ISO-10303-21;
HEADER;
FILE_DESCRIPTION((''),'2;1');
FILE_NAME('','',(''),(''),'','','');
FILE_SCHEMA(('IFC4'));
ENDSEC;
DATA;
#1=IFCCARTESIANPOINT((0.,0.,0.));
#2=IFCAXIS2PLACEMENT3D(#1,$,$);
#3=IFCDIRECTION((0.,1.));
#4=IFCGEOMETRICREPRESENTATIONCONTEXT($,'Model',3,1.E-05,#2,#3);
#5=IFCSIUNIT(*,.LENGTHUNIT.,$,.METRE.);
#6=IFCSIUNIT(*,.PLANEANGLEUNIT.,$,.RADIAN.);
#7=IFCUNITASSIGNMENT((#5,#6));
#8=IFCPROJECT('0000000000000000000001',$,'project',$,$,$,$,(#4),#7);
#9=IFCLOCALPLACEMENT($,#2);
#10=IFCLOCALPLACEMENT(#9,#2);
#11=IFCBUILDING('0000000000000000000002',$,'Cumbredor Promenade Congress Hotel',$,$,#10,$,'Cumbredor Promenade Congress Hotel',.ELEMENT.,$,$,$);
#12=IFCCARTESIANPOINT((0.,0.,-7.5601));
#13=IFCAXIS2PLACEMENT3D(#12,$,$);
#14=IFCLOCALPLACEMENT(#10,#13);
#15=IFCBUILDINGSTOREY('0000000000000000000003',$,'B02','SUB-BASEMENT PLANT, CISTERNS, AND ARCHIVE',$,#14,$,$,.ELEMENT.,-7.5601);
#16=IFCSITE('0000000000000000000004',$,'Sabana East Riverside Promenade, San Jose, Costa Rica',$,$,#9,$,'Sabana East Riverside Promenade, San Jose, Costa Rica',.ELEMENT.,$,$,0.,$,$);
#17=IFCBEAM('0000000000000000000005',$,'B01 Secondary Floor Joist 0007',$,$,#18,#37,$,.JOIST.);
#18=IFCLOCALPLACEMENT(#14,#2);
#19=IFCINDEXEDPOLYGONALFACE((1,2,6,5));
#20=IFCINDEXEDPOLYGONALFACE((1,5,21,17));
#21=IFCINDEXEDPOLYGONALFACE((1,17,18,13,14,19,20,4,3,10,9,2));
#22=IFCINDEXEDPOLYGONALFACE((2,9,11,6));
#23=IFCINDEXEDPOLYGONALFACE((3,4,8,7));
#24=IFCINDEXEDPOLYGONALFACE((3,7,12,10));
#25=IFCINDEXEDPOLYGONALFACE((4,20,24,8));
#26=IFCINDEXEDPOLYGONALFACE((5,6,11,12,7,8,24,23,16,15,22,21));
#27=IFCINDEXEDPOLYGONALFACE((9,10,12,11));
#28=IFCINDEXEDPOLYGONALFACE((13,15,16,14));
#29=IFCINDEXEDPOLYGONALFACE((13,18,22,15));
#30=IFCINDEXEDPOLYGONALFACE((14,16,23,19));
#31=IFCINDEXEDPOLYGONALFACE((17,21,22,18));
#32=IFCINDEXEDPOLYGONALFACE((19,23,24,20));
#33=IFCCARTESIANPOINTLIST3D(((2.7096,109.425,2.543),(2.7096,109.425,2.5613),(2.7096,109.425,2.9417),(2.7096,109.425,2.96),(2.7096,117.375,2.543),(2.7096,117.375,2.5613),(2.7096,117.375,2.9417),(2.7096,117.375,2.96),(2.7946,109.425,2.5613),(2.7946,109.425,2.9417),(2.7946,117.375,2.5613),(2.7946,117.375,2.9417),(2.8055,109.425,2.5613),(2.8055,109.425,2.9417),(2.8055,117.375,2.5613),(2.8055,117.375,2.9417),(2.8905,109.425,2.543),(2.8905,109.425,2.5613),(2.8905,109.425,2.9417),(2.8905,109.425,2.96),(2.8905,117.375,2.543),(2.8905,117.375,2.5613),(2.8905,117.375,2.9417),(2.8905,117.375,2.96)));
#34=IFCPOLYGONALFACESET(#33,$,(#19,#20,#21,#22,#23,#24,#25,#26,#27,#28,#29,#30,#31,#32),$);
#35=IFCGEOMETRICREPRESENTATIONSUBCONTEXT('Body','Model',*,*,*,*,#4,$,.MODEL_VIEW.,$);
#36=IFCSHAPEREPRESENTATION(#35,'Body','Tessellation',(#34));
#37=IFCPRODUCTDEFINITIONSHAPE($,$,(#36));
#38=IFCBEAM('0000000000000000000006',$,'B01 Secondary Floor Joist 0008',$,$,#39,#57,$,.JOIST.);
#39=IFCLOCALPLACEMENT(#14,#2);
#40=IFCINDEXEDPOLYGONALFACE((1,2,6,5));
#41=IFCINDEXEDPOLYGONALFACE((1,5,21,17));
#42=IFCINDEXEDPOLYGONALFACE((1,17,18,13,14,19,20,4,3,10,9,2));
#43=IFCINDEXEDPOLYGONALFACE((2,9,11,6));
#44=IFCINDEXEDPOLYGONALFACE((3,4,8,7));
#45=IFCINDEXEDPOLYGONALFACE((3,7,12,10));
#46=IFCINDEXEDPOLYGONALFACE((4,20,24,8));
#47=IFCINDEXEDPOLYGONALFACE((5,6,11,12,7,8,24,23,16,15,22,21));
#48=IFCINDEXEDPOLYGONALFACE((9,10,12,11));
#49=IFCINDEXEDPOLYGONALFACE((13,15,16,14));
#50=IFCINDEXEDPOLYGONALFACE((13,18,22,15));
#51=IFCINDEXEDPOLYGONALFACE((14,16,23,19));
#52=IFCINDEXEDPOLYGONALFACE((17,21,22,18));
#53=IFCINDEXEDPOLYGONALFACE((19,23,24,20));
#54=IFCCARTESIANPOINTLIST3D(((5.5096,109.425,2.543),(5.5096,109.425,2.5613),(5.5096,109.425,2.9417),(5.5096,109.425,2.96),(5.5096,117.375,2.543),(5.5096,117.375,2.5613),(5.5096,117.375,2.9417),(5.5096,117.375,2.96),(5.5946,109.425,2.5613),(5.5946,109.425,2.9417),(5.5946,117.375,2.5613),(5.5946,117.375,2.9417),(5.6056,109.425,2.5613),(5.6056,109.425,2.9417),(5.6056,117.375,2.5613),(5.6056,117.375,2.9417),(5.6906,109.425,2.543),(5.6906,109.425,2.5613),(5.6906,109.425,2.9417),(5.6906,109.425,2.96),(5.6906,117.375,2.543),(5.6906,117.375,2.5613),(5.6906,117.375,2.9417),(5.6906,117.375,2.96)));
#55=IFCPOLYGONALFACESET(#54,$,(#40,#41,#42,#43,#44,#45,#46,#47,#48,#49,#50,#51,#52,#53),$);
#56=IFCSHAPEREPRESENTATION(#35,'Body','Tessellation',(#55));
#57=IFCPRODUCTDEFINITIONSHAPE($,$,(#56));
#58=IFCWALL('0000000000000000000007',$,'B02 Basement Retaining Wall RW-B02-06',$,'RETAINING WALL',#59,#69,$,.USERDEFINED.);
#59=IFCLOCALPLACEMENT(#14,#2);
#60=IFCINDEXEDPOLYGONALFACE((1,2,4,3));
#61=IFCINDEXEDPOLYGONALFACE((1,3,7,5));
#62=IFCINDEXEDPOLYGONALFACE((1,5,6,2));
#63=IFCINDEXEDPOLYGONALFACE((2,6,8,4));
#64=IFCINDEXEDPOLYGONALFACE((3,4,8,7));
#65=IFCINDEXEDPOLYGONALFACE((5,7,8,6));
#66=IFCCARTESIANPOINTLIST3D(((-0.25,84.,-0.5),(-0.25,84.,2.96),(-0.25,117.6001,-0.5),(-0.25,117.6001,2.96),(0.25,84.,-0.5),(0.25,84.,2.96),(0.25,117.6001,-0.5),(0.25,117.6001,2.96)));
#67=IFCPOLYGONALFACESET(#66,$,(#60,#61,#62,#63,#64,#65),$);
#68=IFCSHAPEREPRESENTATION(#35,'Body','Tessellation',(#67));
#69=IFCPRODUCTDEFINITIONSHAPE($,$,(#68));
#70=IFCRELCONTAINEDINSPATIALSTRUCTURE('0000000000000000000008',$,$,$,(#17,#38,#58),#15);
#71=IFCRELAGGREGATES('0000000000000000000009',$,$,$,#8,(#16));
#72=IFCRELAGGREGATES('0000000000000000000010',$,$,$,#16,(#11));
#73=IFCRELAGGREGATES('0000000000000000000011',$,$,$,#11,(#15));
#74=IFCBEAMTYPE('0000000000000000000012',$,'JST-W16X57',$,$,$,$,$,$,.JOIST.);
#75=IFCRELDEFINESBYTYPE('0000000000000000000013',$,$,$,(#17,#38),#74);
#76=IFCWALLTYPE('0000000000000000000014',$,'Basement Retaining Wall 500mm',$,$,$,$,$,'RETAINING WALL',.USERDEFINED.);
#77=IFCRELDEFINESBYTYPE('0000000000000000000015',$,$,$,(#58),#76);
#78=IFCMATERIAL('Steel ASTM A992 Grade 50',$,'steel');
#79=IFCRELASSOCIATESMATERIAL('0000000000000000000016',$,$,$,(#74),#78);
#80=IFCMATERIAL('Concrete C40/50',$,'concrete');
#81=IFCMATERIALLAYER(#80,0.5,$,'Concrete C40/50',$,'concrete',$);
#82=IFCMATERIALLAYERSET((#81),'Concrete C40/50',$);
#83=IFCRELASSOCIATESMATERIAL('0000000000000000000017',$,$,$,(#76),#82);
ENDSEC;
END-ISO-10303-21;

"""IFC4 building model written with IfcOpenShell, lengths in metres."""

from ifc_helpers import new_model, si_unit, direction, frame, frame_2d, origin, origin_2d, place, context, subcontext, project, spatial, rectangle, i_section, extrude, material, layer, layer_set, material_profile, profile_set, type_object, element, save


model = new_model("IFC4")

# Units and contexts
model_context = context("Model", 3, precision=1e-05, world=origin(), true_north=direction((0.0, 1.0)))
body_context = subcontext(model_context, "Body", "Model", "MODEL_VIEW")
ifc_project = project(units=[si_unit("LENGTHUNIT", "METRE"), si_unit("PLANEANGLEUNIT", "RADIAN")], contexts=[model_context])

# Site, building, storey
site_placement = place(None, origin())
site = spatial("IfcSite", under=ifc_project, at=site_placement, Name="Sabana East Riverside Promenade, San Jose, Costa Rica", LongName="Sabana East Riverside Promenade, San Jose, Costa Rica", CompositionType="ELEMENT", RefElevation=0.0)
building_placement = place(site_placement, origin())
building = spatial("IfcBuilding", under=site, at=building_placement, Name="Cumbredor Promenade Congress Hotel", LongName="Cumbredor Promenade Congress Hotel", CompositionType="ELEMENT")
storey_placement = place(building_placement, frame((0.0, 0.0, -7.5601)))
storey = spatial("IfcBuildingStorey", under=building, at=storey_placement, Name="B02", Description="SUB-BASEMENT PLANT, CISTERNS, AND ARCHIVE", CompositionType="ELEMENT", Elevation=-7.5601)

# Shared definitions
ifc_material_1 = material(Name="Concrete C40/50", Category="concrete")

# Beams
ifc_material_2 = material(Name="Steel ASTM A992 Grade 50", Category="steel")
ifc_material_profile_1 = material_profile(ifc_material_2, i_section(OverallWidth=0.1809, OverallDepth=0.417, WebThickness=0.011, FlangeThickness=0.0183, at=origin_2d()), Name="W16X57")
ifc_profile_set_1 = profile_set([ifc_material_profile_1], Name="Steel ASTM A992 Grade 50")
beam_type_1 = type_object("IfcBeamType", Name="JST-W16X57", PredefinedType="JOIST", material=ifc_profile_set_1)
for number, where, z_axis, x_axis, name in (
    (1, (2.8, 109.425, 2.7515), (0.0, 1.0, 0.0), (-1.0, 0.0, 0.0), "B01 Secondary Floor Joist 0007"),
    (2, (5.6001, 109.425, 2.7515), (0.0, 1.0, 0.0), (-1.0, 0.0, 0.0), "B01 Secondary Floor Joist 0008"),
):
    element("IfcBeam", number, at=place(storey_placement, frame(where, z_axis=z_axis, x_axis=x_axis)), inside=storey, type_object=beam_type_1, Name=name, PredefinedType="JOIST", context=body_context, shape_type="SweptSolid", body=[
        extrude(i_section(OverallWidth=0.1809, OverallDepth=0.417, WebThickness=0.011, FlangeThickness=0.0183, at=origin_2d()), origin(), (0.0, 0.0, 1.0), 7.95),
    ])

# Wall
ifc_layer = layer(ifc_material_1, 0.5, Name="Concrete C40/50", Category="concrete")
ifc_layer_set = layer_set([ifc_layer], Name="Concrete C40/50")
wall_type = type_object("IfcWallType", Name="Basement Retaining Wall 500mm", ElementType="RETAINING WALL", PredefinedType="USERDEFINED", material=ifc_layer_set)
wall_placement = place(storey_placement, frame((0.0, 117.6001, -0.5), z_axis=(0.0, 0.0, 1.0), x_axis=(0.0, -1.0, 0.0)))
element("IfcWall", 3, at=wall_placement, inside=storey, type_object=wall_type, Name="B02 Basement Retaining Wall RW-B02-06", ObjectType="RETAINING WALL", PredefinedType="USERDEFINED", context=body_context, shape_type="SweptSolid", body=[
    extrude(rectangle(XDim=33.6001, YDim=0.5, at=frame_2d((16.8, 0.0))), origin(), (0.0, 0.0, 1.0), 3.46),
])

save(model, "model.ifc")
